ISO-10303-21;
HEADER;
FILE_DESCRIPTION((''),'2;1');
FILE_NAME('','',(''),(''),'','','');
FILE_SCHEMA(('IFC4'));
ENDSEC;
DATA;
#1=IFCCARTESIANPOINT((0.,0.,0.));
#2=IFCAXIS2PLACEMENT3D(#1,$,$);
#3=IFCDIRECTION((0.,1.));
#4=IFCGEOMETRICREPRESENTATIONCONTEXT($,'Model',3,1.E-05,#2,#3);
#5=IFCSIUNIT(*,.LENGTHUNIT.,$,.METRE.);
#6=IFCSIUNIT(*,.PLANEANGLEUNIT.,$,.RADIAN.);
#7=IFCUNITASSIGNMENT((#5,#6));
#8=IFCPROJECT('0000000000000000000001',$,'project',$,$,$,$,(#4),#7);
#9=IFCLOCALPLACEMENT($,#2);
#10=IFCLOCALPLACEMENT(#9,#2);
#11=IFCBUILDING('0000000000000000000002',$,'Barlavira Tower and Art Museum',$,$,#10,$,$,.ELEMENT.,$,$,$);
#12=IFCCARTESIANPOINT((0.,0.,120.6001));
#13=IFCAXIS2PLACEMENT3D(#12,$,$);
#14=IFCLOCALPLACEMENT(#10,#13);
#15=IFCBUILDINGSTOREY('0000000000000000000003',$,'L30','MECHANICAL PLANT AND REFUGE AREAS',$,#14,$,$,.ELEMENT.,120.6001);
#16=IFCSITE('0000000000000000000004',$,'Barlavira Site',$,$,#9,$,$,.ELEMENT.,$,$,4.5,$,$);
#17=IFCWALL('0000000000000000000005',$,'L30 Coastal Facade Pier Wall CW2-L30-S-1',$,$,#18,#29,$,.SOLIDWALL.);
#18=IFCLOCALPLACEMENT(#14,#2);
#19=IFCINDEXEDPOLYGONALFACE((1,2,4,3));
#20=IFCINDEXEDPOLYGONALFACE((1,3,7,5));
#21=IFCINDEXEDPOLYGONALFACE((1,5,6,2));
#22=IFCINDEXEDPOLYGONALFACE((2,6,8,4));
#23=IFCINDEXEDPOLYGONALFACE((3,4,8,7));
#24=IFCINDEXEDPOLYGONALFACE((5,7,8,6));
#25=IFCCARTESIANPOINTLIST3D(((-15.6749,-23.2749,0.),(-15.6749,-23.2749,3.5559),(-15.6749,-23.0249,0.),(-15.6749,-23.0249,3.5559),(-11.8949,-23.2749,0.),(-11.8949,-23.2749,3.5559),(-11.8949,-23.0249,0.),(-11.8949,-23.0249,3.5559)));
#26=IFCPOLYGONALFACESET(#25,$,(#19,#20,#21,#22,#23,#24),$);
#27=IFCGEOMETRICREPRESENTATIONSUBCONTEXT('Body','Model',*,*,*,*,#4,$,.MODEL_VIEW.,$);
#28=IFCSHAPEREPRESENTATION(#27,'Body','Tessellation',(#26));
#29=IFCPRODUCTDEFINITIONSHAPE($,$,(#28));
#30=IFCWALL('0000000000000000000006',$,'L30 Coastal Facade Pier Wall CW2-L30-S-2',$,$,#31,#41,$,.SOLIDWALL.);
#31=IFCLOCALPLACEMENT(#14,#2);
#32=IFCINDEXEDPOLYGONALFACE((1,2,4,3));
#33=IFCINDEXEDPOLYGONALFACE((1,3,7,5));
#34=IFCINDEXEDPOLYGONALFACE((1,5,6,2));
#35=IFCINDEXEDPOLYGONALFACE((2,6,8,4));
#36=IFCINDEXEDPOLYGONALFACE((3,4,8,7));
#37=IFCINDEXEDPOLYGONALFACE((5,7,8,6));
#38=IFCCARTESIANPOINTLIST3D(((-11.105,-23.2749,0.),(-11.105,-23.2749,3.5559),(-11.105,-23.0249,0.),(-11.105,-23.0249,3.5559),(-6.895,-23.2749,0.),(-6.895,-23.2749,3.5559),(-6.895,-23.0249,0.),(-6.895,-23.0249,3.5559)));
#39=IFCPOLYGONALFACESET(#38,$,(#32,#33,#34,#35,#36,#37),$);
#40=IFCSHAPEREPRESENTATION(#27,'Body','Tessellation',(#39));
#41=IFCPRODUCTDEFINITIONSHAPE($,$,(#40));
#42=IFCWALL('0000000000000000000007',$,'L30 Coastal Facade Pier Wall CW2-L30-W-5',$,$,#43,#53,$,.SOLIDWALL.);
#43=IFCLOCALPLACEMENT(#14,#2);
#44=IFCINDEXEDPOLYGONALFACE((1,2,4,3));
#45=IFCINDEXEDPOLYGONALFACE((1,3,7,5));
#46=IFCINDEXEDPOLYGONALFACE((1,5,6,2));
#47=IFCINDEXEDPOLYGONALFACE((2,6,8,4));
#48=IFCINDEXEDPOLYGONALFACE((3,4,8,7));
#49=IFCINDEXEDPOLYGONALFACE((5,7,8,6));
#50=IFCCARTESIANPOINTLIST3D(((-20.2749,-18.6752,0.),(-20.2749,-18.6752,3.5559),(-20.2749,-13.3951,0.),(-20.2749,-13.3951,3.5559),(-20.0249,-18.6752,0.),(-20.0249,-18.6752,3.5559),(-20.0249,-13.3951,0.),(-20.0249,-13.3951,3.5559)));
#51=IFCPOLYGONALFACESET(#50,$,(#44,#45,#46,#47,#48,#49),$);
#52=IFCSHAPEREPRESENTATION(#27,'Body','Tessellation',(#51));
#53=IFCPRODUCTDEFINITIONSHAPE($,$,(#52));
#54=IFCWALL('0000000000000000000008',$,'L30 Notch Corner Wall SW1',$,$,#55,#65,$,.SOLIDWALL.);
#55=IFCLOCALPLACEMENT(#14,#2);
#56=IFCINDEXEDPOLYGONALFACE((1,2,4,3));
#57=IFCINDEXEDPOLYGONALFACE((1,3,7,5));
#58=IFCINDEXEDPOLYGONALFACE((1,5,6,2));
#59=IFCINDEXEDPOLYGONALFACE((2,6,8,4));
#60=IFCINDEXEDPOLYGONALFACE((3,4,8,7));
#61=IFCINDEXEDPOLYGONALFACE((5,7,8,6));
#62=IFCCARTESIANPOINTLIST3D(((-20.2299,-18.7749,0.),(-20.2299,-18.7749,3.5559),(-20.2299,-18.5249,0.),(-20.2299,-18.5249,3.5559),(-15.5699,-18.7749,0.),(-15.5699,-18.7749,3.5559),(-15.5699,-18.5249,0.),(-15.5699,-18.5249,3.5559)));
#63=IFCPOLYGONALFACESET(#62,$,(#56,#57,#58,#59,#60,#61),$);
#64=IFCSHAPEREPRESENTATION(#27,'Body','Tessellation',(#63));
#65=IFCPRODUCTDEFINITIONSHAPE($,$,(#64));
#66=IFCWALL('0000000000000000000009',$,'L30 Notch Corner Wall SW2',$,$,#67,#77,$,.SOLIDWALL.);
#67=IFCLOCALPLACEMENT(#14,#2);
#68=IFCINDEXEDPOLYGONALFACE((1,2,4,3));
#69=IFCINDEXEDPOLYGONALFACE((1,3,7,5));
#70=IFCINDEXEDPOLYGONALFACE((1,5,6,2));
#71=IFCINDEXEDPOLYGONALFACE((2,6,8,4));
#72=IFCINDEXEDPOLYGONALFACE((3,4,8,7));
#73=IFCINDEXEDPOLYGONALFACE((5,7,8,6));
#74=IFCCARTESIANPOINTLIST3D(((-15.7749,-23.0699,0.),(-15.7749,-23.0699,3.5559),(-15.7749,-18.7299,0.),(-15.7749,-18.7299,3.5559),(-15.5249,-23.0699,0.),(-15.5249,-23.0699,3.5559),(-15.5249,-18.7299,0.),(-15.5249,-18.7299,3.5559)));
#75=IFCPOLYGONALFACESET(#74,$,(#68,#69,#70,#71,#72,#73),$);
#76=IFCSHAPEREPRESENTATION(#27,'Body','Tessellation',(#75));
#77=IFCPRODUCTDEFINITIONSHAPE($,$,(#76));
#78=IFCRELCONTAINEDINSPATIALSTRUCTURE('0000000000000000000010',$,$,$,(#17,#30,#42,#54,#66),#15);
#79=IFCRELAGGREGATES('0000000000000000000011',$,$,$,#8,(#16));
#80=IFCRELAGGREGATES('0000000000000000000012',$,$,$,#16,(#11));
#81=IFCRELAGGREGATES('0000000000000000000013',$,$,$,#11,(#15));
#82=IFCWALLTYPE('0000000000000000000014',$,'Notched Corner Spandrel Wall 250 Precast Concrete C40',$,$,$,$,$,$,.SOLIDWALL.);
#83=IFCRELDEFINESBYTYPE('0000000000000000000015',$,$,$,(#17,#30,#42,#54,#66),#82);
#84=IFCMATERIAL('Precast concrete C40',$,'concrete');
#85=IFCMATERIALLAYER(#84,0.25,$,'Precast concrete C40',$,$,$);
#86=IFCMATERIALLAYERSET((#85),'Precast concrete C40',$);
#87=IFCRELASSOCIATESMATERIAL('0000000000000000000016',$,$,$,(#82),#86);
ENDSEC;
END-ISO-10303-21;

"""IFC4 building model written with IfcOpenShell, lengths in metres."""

from ifc_helpers import new_model, si_unit, direction, frame, frame_2d, origin, place, context, subcontext, project, spatial, rectangle, extrude, material, layer, layer_set, type_object, element, save


model = new_model("IFC4")

# Units and contexts
model_context = context("Model", 3, precision=1e-05, world=origin(), true_north=direction((0.0, 1.0)))
body_context = subcontext(model_context, "Body", "Model", "MODEL_VIEW")
ifc_project = project(units=[si_unit("LENGTHUNIT", "METRE"), si_unit("PLANEANGLEUNIT", "RADIAN")], contexts=[model_context])

# Site, building, storey
site_placement = place(None, origin())
site = spatial("IfcSite", under=ifc_project, at=site_placement, Name="Barlavira Site", CompositionType="ELEMENT", RefElevation=4.5)
building_placement = place(site_placement, origin())
building = spatial("IfcBuilding", under=site, at=building_placement, Name="Barlavira Tower and Art Museum", CompositionType="ELEMENT")
storey_placement = place(building_placement, frame((0.0, 0.0, 120.6001)))
storey = spatial("IfcBuildingStorey", under=building, at=storey_placement, Name="L30", Description="MECHANICAL PLANT AND REFUGE AREAS", CompositionType="ELEMENT", Elevation=120.6001)

# Walls
ifc_material_1 = material(Name="Precast concrete C40", Category="concrete")
ifc_layer_1 = layer(ifc_material_1, 0.25, Name="Precast concrete C40")
ifc_layer_set_1 = layer_set([ifc_layer_1], Name="Precast concrete C40")
wall_type = type_object("IfcWallType", Name="Notched Corner Spandrel Wall 250 Precast Concrete C40", PredefinedType="SOLIDWALL", material=ifc_layer_set_1)
wall_1_placement = place(storey_placement, frame((-15.675, -23.1499, 0.0), z_axis=(0.0, 0.0, 1.0), x_axis=(1.0, 0.0, 0.0)))
element("IfcWall", 1, at=wall_1_placement, inside=storey, type_object=wall_type, Name="L30 Coastal Facade Pier Wall CW2-L30-S-1", PredefinedType="SOLIDWALL", context=body_context, shape_type="SweptSolid", body=[
    extrude(rectangle(XDim=3.78, YDim=0.25, at=frame_2d((1.8901, 0.0))), origin(), (0.0, 0.0, 1.0), 3.5559),
])
wall_2_placement = place(storey_placement, frame((-11.105, -23.1499, 0.0), z_axis=(0.0, 0.0, 1.0), x_axis=(1.0, 0.0, 0.0)))
element("IfcWall", 2, at=wall_2_placement, inside=storey, type_object=wall_type, Name="L30 Coastal Facade Pier Wall CW2-L30-S-2", PredefinedType="SOLIDWALL", context=body_context, shape_type="SweptSolid", body=[
    extrude(rectangle(XDim=4.21, YDim=0.25, at=frame_2d((2.105, 0.0))), origin(), (0.0, 0.0, 1.0), 3.5559),
])
wall_3_placement = place(storey_placement, frame((-20.1499, -13.395, 0.0), z_axis=(0.0, 0.0, 1.0), x_axis=(0.0, -1.0, 0.0)))
element("IfcWall", 3, at=wall_3_placement, inside=storey, type_object=wall_type, Name="L30 Coastal Facade Pier Wall CW2-L30-W-5", PredefinedType="SOLIDWALL", context=body_context, shape_type="SweptSolid", body=[
    extrude(rectangle(XDim=5.28, YDim=0.25, at=frame_2d((2.6401, 0.0))), origin(), (0.0, 0.0, 1.0), 3.5559),
])
wall_4_placement = place(storey_placement, frame((-20.23, -18.6499, 0.0), z_axis=(0.0, 0.0, 1.0), x_axis=(1.0, 0.0, 0.0)))
element("IfcWall", 4, at=wall_4_placement, inside=storey, type_object=wall_type, Name="L30 Notch Corner Wall SW1", PredefinedType="SOLIDWALL", context=body_context, shape_type="SweptSolid", body=[
    extrude(rectangle(XDim=4.6599, YDim=0.25, at=frame_2d((2.3301, 0.0))), origin(), (0.0, 0.0, 1.0), 3.5559),
])
wall_5_placement = place(storey_placement, frame((-15.6499, -18.73, 0.0), z_axis=(0.0, 0.0, 1.0), x_axis=(0.0, -1.0, 0.0)))
element("IfcWall", 5, at=wall_5_placement, inside=storey, type_object=wall_type, Name="L30 Notch Corner Wall SW2", PredefinedType="SOLIDWALL", context=body_context, shape_type="SweptSolid", body=[
    extrude(rectangle(XDim=4.3401, YDim=0.25, at=frame_2d((2.1699, 0.0))), origin(), (0.0, 0.0, 1.0), 3.5559),
])

save(model, "model.ifc")
